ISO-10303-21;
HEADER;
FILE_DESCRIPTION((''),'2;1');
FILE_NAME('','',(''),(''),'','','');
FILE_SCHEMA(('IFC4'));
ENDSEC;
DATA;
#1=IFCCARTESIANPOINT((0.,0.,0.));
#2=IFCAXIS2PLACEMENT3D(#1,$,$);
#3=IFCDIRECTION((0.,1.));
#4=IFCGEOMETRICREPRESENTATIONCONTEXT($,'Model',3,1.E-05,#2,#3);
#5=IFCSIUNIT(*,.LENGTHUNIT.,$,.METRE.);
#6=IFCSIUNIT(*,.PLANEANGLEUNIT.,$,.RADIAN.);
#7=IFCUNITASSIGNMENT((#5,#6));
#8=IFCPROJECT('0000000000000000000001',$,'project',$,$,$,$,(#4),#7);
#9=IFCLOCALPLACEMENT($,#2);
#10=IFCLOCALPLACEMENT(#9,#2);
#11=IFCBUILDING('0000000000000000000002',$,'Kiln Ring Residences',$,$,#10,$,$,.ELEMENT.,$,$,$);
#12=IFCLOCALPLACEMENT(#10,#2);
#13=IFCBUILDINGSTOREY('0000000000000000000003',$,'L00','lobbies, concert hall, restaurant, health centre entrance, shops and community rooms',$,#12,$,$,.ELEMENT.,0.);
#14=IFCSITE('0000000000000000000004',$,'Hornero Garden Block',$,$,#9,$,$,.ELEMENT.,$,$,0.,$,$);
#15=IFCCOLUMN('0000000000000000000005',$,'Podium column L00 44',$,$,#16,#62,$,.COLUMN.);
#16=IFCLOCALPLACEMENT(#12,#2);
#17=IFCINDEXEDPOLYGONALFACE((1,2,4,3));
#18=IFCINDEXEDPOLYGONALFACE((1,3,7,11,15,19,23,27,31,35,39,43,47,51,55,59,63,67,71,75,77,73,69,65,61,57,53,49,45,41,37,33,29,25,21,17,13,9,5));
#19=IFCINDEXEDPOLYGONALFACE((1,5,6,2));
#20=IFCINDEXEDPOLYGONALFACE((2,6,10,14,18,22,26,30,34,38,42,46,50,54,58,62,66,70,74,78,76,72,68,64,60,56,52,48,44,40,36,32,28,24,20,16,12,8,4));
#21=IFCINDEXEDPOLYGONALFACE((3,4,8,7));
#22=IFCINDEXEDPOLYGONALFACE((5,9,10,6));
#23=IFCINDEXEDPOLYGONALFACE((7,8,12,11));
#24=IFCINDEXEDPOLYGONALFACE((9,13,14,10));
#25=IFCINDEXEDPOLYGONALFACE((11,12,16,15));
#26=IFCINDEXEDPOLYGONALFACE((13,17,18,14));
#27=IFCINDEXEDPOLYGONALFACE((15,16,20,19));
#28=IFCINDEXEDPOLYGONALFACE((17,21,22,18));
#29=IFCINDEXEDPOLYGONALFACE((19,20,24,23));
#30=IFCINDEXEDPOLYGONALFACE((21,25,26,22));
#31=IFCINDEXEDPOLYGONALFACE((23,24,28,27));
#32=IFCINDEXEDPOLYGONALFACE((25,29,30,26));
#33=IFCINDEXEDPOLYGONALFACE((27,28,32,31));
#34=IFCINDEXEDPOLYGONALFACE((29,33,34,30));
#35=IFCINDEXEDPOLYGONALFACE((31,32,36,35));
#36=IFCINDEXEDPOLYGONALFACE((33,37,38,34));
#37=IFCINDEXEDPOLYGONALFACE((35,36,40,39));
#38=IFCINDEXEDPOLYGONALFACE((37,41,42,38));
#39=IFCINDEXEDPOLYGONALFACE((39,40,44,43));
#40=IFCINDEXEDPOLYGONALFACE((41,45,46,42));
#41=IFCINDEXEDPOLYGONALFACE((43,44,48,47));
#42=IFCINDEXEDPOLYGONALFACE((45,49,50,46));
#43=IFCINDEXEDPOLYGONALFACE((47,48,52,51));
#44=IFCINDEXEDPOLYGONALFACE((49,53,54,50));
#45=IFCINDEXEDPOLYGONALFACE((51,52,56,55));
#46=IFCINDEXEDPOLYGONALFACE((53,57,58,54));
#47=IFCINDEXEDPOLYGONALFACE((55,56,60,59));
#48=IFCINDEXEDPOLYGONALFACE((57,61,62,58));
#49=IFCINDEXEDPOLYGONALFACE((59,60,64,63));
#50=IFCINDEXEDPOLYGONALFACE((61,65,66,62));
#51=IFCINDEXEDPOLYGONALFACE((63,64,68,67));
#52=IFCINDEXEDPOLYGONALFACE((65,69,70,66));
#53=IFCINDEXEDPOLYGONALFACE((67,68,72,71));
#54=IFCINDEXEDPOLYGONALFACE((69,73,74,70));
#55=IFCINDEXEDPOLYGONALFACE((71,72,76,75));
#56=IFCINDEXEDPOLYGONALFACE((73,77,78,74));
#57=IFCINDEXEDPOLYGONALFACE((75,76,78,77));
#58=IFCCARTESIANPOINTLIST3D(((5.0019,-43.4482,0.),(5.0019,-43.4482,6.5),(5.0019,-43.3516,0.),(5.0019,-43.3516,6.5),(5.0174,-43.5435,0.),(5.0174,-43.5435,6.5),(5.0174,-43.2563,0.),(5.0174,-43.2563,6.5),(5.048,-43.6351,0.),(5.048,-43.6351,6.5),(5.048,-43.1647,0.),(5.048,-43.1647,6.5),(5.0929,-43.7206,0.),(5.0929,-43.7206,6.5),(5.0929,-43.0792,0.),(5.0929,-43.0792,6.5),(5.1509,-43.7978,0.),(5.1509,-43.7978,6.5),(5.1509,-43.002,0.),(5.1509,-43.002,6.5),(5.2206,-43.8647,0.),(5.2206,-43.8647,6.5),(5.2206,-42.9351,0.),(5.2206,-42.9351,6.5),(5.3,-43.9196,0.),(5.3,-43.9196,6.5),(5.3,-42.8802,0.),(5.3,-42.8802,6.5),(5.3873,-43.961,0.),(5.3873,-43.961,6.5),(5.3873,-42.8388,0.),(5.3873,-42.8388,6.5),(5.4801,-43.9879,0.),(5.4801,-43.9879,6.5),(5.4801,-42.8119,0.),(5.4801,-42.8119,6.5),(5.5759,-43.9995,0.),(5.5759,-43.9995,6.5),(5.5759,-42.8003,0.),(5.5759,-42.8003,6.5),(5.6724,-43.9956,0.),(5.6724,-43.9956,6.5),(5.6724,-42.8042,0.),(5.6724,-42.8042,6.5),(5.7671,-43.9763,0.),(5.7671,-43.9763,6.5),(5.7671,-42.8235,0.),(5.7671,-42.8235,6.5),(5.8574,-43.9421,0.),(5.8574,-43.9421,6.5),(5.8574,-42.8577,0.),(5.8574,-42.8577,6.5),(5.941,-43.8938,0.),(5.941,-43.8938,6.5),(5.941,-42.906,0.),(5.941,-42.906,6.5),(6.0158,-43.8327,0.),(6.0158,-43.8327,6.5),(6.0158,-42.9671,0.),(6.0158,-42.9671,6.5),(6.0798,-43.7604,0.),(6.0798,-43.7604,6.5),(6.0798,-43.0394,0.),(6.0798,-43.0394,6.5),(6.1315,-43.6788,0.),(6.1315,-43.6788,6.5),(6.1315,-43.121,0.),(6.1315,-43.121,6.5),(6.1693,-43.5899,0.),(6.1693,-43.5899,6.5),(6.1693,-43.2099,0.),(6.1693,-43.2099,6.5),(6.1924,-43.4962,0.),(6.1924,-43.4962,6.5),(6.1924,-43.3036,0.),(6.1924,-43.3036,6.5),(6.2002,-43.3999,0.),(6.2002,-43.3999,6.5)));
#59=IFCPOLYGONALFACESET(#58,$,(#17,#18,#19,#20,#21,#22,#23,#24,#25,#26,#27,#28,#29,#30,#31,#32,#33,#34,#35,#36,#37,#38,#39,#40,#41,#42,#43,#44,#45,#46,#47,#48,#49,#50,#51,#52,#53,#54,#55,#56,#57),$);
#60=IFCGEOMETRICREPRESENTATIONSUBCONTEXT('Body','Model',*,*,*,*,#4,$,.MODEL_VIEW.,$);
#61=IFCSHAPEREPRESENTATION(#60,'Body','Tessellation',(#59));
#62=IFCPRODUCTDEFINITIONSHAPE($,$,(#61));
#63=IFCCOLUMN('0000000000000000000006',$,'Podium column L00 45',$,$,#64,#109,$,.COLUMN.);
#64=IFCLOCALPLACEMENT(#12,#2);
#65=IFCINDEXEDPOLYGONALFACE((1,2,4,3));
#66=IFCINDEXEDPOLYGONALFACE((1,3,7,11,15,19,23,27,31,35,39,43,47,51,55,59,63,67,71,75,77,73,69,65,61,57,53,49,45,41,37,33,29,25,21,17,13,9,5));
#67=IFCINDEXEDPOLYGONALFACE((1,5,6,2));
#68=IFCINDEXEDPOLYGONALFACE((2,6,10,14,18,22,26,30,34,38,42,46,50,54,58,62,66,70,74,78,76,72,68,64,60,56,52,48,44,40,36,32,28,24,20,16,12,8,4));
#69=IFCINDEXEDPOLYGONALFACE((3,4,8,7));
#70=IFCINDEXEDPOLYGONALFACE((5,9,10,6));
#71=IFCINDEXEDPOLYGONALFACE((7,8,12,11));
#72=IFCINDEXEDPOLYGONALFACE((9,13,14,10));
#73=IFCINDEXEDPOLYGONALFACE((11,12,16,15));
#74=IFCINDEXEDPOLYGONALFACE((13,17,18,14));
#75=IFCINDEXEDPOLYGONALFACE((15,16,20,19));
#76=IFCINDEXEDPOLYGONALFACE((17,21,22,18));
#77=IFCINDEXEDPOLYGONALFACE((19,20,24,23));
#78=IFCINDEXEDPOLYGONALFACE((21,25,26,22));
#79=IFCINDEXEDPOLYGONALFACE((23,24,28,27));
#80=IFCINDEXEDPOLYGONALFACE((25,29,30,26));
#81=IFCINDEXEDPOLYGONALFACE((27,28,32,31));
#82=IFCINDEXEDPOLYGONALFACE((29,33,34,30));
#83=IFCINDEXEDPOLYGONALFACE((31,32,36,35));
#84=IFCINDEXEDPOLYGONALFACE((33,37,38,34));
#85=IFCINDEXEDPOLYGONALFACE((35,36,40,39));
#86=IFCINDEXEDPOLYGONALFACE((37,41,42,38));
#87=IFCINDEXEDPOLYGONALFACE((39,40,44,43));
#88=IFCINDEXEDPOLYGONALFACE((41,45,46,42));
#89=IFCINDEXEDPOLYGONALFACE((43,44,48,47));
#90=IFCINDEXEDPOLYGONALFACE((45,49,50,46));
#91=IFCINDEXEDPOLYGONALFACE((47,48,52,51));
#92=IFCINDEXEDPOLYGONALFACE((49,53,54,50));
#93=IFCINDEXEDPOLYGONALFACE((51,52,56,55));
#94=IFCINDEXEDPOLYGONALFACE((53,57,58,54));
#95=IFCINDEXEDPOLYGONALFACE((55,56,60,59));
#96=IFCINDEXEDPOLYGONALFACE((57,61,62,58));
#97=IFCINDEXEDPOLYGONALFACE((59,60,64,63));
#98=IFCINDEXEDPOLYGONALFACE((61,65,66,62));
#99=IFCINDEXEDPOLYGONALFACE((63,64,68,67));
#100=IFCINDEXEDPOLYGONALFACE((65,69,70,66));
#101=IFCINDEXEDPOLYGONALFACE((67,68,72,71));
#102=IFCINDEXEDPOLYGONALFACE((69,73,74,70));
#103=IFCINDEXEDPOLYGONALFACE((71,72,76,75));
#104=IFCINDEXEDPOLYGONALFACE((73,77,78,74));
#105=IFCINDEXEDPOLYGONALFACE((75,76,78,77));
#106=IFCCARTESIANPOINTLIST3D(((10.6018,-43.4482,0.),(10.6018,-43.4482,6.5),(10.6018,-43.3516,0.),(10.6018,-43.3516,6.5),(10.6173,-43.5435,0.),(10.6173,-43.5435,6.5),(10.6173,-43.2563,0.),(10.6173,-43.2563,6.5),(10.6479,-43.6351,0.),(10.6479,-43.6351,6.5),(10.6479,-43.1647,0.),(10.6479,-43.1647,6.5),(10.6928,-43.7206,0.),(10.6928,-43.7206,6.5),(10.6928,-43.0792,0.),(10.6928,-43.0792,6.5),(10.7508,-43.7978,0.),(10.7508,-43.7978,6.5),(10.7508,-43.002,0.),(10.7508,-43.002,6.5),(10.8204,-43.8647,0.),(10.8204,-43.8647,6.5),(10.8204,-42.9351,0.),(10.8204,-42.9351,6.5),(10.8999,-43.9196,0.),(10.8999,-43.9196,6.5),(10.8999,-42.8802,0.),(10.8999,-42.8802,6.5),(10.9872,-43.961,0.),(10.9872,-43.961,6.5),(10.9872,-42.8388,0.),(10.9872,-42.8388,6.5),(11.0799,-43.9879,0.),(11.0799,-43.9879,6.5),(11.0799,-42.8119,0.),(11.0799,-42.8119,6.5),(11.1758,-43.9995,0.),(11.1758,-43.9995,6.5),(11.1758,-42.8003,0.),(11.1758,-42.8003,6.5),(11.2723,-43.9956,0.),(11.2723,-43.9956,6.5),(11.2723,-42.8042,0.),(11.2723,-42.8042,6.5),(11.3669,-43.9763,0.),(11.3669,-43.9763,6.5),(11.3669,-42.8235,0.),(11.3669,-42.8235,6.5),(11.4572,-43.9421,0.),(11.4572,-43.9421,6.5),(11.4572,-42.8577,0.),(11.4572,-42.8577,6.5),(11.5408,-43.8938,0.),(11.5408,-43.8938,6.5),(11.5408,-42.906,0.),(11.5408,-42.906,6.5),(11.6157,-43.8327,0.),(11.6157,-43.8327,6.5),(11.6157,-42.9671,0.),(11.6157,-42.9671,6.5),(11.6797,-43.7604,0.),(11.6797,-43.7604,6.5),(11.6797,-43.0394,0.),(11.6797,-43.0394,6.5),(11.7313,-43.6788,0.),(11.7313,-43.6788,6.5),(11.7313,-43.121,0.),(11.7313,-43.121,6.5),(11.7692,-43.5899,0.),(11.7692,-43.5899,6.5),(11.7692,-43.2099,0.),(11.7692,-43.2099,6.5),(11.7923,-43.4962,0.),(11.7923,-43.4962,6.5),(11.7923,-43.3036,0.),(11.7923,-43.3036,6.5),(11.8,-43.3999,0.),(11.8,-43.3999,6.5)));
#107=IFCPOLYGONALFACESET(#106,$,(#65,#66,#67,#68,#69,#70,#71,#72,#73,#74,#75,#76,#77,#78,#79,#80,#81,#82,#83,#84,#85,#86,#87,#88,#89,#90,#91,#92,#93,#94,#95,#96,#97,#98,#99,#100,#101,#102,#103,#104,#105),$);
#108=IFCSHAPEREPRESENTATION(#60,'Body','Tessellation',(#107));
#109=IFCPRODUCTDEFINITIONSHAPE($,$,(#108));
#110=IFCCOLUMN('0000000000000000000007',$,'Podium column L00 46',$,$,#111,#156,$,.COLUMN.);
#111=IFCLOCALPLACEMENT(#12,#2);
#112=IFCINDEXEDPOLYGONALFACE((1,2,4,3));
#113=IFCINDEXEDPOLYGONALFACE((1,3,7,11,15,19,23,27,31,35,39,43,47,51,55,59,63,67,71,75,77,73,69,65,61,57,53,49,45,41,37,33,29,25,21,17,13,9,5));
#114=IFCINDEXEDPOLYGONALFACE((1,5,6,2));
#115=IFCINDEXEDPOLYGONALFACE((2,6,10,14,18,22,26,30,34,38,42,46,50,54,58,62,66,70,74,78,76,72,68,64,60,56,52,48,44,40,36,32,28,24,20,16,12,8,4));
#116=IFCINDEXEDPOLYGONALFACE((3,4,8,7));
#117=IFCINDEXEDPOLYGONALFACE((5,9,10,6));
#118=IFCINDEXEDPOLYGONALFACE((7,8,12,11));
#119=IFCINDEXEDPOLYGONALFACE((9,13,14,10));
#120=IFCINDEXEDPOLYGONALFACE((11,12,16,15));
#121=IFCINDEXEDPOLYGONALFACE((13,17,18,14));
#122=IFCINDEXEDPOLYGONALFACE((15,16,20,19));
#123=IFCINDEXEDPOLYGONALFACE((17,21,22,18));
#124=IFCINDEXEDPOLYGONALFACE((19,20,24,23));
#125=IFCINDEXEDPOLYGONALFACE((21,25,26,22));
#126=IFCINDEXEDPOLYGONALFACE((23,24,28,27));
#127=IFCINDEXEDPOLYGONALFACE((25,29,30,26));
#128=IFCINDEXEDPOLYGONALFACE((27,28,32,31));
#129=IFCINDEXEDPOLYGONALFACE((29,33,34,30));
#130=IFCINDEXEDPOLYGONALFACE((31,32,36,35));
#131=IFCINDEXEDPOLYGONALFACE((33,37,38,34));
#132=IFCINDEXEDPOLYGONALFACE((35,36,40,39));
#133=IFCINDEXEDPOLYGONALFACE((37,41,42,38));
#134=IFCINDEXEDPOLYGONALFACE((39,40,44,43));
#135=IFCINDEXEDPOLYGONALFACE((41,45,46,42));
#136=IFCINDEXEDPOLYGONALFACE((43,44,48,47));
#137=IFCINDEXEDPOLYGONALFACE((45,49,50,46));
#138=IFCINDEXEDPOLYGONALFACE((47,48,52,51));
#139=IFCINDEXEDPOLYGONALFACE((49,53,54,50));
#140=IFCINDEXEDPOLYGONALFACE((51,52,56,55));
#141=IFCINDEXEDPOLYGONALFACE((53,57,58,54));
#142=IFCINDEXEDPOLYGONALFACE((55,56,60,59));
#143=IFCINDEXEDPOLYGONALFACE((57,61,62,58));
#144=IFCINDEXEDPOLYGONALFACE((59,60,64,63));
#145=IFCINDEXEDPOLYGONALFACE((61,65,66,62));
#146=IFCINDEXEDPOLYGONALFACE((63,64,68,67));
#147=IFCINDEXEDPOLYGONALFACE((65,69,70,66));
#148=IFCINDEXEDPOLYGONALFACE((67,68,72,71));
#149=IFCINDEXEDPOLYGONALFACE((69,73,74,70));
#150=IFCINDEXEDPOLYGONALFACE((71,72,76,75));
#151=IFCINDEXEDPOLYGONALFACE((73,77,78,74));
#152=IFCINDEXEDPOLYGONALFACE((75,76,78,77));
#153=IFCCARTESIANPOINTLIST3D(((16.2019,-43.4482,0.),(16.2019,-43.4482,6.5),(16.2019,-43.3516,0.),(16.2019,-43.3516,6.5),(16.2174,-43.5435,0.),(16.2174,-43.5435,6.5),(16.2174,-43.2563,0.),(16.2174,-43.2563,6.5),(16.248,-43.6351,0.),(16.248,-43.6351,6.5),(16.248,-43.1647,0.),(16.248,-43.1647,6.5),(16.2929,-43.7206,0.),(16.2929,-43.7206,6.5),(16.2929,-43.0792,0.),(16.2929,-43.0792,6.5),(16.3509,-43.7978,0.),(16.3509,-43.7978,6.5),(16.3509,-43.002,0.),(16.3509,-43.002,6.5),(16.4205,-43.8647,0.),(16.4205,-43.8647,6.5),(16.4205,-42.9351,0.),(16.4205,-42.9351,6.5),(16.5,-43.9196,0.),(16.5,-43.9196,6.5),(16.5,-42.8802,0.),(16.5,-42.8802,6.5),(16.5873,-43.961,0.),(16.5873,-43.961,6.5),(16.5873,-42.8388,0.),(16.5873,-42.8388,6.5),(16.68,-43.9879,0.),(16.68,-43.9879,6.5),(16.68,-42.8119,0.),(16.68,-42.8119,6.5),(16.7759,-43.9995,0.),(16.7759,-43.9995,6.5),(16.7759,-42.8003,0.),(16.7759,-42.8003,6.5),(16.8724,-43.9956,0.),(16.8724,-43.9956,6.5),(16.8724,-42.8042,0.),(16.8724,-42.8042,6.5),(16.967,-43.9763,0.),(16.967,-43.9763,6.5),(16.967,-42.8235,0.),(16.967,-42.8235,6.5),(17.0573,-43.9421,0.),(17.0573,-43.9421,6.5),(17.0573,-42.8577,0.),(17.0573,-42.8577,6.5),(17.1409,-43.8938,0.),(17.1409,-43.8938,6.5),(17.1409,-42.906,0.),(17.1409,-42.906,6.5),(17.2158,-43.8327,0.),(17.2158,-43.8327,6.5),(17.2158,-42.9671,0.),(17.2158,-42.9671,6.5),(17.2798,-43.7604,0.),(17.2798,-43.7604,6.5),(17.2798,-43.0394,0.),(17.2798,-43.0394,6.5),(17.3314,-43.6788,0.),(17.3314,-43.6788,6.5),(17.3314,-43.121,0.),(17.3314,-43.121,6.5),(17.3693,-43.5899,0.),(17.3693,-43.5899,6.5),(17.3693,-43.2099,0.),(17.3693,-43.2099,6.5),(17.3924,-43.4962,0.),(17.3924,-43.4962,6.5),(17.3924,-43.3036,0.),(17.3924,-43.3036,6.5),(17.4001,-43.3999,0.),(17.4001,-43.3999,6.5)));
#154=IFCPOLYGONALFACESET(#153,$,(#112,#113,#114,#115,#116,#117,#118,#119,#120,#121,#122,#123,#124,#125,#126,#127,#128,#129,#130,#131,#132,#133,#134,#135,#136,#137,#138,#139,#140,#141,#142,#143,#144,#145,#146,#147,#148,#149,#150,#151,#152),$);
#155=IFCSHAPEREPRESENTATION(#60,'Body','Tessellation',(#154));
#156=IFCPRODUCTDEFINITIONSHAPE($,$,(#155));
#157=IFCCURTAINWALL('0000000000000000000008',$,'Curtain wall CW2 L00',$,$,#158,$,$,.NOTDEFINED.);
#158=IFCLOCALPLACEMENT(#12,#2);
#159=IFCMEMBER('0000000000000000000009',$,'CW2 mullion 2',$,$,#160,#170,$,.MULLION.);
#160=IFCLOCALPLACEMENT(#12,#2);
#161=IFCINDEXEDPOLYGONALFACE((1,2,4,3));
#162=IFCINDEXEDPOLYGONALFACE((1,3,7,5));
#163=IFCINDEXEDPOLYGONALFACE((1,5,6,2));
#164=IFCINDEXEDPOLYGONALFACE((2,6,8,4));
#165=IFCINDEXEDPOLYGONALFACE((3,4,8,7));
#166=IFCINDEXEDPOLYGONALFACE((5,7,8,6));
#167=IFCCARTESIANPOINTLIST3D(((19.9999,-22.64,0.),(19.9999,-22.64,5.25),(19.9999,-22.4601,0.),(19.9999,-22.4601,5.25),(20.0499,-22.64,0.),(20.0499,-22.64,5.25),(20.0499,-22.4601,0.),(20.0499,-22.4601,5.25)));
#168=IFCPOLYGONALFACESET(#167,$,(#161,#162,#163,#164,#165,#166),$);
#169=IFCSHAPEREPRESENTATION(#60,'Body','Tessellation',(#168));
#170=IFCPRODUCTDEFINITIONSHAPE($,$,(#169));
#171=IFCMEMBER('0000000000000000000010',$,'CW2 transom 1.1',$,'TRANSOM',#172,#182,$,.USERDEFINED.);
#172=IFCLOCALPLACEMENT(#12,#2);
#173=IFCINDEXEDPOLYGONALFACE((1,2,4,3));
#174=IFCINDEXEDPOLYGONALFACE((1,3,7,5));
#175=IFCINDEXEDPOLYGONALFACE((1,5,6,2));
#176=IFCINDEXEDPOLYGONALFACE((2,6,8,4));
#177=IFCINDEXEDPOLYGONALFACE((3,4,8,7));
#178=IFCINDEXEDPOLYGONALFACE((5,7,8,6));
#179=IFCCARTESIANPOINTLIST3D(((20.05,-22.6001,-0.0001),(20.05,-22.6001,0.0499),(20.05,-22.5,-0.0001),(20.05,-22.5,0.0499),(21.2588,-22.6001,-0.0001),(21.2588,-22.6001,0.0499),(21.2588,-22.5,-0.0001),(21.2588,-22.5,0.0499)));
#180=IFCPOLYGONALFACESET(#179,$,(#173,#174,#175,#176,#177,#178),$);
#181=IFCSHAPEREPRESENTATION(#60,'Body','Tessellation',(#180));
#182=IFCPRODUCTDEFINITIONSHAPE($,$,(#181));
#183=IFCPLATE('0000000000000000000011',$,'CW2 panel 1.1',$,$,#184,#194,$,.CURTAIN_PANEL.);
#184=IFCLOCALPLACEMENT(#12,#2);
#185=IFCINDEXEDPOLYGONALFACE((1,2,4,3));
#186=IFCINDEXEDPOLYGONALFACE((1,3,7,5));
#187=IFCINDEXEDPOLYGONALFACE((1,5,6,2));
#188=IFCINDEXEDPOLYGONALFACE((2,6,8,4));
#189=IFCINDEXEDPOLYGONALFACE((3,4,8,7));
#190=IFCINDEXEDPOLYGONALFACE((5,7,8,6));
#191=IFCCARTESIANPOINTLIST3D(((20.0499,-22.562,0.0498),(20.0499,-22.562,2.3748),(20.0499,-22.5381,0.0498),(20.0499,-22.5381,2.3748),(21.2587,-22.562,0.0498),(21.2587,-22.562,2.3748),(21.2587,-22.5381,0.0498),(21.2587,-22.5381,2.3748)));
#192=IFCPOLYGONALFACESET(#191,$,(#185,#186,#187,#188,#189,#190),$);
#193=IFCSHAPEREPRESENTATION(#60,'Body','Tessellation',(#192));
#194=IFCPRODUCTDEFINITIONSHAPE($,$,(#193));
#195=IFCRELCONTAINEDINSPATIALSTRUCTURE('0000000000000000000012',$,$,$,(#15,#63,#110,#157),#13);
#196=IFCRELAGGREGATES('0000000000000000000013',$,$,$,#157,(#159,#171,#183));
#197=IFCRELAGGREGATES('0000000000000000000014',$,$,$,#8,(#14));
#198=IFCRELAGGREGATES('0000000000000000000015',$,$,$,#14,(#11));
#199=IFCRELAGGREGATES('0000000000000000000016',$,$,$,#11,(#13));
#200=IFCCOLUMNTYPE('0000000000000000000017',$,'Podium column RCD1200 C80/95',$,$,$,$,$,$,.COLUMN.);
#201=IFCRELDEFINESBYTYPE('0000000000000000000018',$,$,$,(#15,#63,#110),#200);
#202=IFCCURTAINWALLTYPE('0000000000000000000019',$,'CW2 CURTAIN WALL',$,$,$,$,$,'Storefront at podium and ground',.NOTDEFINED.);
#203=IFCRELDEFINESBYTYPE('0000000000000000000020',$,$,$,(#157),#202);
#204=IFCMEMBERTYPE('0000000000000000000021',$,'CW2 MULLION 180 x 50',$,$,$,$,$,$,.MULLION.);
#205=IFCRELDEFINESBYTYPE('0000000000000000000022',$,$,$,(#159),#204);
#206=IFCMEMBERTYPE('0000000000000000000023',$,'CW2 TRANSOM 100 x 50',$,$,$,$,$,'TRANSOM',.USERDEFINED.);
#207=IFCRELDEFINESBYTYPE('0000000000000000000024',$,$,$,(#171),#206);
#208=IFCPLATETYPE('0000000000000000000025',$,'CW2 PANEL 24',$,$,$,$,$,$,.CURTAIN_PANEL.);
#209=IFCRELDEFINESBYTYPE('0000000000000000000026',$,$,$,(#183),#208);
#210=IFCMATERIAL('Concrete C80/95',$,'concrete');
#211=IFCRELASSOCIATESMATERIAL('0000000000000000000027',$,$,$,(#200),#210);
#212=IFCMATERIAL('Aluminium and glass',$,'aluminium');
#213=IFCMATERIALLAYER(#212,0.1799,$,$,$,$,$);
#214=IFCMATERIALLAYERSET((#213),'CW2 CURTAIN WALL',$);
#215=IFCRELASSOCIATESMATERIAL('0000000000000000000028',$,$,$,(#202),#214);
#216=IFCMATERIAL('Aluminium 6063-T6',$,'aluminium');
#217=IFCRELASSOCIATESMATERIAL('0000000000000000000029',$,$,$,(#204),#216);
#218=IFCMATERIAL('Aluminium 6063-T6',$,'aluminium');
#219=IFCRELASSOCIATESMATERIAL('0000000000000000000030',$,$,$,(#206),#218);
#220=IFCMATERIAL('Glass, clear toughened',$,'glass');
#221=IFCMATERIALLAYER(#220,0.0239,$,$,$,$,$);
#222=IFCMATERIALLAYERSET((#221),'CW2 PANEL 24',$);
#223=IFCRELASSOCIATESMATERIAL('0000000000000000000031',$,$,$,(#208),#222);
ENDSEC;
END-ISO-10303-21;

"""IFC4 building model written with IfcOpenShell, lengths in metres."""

from ifc_helpers import new_model, si_unit, direction, frame, origin, origin_2d, place, context, subcontext, project, spatial, rectangle, circle, extrude, material, layer, layer_set, material_profile, profile_set, type_object, element, aggregate, save


model = new_model("IFC4")

# Units and contexts
model_context = context("Model", 3, precision=1e-05, world=origin(), true_north=direction((0.0, 1.0)))
body_context = subcontext(model_context, "Body", "Model", "MODEL_VIEW")
ifc_project = project(units=[si_unit("LENGTHUNIT", "METRE"), si_unit("PLANEANGLEUNIT", "RADIAN")], contexts=[model_context])

# Site, building, storey
site_placement = place(None, origin())
site = spatial("IfcSite", under=ifc_project, at=site_placement, Name="Hornero Garden Block", CompositionType="ELEMENT", RefElevation=0.0)
building_placement = place(site_placement, origin())
building = spatial("IfcBuilding", under=site, at=building_placement, Name="Kiln Ring Residences", CompositionType="ELEMENT")
storey_placement = place(building_placement, origin())
storey = spatial("IfcBuildingStorey", under=building, at=storey_placement, Name="L00", Description="lobbies, concert hall, restaurant, health centre entrance, shops and community rooms", CompositionType="ELEMENT", Elevation=0.0)

# Columns
ifc_material_1 = material(Name="Concrete C80/95", Category="concrete")
ifc_material_profile_1 = material_profile(ifc_material_1, circle(Radius=0.6001, at=origin_2d()), Name="RCD1200")
ifc_profile_set_1 = profile_set([ifc_material_profile_1], Name="Concrete C80/95")
column_type = type_object("IfcColumnType", Name="Podium column RCD1200 C80/95", PredefinedType="COLUMN", material=ifc_profile_set_1)
for number, where, z_axis, x_axis, name in (
    (1, (5.6001, -43.3999, 0.0), (0.0, 0.0, 1.0), (1.0, 0.0, 0.0), "Podium column L00 44"),
    (2, (11.2, -43.3999, 0.0), (0.0, 0.0, 1.0), (1.0, 0.0, 0.0), "Podium column L00 45"),
    (3, (16.8, -43.3999, 0.0), (0.0, 0.0, 1.0), (1.0, 0.0, 0.0), "Podium column L00 46"),
):
    element("IfcColumn", number, at=place(storey_placement, frame(where, z_axis=z_axis, x_axis=x_axis)), inside=storey, type_object=column_type, Name=name, PredefinedType="COLUMN", context=body_context, shape_type="SweptSolid", body=[
        extrude(circle(Radius=0.6001, at=origin_2d()), origin(), (0.0, 0.0, 1.0), 6.5),
    ])

# Curtain wall, members, plate
ifc_material_2 = material(Name="Aluminium and glass", Category="aluminium")
ifc_layer_1 = layer(ifc_material_2, 0.1799)
ifc_layer_set_1 = layer_set([ifc_layer_1], Name="CW2 CURTAIN WALL")
curtain_wall_type = type_object("IfcCurtainWallType", Name="CW2 CURTAIN WALL", ElementType="Storefront at podium and ground", PredefinedType="NOTDEFINED", material=ifc_layer_set_1)
placement = place(storey_placement, origin())
curtain_wall = element("IfcCurtainWall", 4, at=placement, inside=storey, type_object=curtain_wall_type, Name="Curtain wall CW2 L00", PredefinedType="NOTDEFINED")
ifc_material_3 = material(Name="Aluminium 6063-T6", Category="aluminium")
ifc_material_profile_2 = material_profile(ifc_material_3, rectangle(XDim=0.1799, YDim=0.05, at=origin_2d()), Name="AL 180x50")
ifc_profile_set_2 = profile_set([ifc_material_profile_2], Name="Aluminium 6063-T6")
member_type_1 = type_object("IfcMemberType", Name="CW2 MULLION 180 x 50", PredefinedType="MULLION", material=ifc_profile_set_2)
member_1_placement = place(storey_placement, frame((20.0249, -22.55, 0.0), z_axis=(0.0, 0.0, 1.0), x_axis=(0.0, -1.0, 0.0)))
member_1 = element("IfcMember", 5, at=member_1_placement, type_object=member_type_1, Name="CW2 mullion 2", PredefinedType="MULLION", context=body_context, shape_type="SweptSolid", body=[
    extrude(rectangle(XDim=0.1799, YDim=0.05, at=origin_2d()), origin(), (0.0, 0.0, 1.0), 5.25),
])
ifc_material_4 = material(Name="Aluminium 6063-T6", Category="aluminium")
ifc_material_profile_3 = material_profile(ifc_material_4, rectangle(XDim=0.1001, YDim=0.05, at=origin_2d()), Name="AL 100x50")
ifc_profile_set_3 = profile_set([ifc_material_profile_3], Name="Aluminium 6063-T6")
member_type_2 = type_object("IfcMemberType", Name="CW2 TRANSOM 100 x 50", ElementType="TRANSOM", PredefinedType="USERDEFINED", material=ifc_profile_set_3)
member_2_placement = place(storey_placement, frame((21.2588, -22.55, 0.0249), z_axis=(-1.0, 0.0, 0.0), x_axis=(0.0, -1.0, 0.0)))
member_2 = element("IfcMember", 6, at=member_2_placement, type_object=member_type_2, Name="CW2 transom 1.1", ObjectType="TRANSOM", PredefinedType="USERDEFINED", context=body_context, shape_type="SweptSolid", body=[
    extrude(rectangle(XDim=0.1001, YDim=0.05, at=origin_2d()), origin(), (0.0, 0.0, 1.0), 1.2087),
])
ifc_material_5 = material(Name="Glass, clear toughened", Category="glass")
ifc_layer_2 = layer(ifc_material_5, 0.0239)
ifc_layer_set_2 = layer_set([ifc_layer_2], Name="CW2 PANEL 24")
plate_type = type_object("IfcPlateType", Name="CW2 PANEL 24", PredefinedType="CURTAIN_PANEL", material=ifc_layer_set_2)
plate_1_placement = place(storey_placement, frame((20.6543, -22.55, 0.0498), z_axis=(0.0, 0.0, 1.0), x_axis=(-1.0, 0.0, 0.0)))
plate_1 = element("IfcPlate", 7, at=plate_1_placement, type_object=plate_type, Name="CW2 panel 1.1", PredefinedType="CURTAIN_PANEL", context=body_context, shape_type="SweptSolid", body=[
    extrude(rectangle(XDim=1.2087, YDim=0.0239, at=origin_2d()), origin(), (0.0, 0.0, 1.0), 2.325),
])
aggregate(curtain_wall, [member_1, member_2, plate_1])

save(model, "model.ifc")
